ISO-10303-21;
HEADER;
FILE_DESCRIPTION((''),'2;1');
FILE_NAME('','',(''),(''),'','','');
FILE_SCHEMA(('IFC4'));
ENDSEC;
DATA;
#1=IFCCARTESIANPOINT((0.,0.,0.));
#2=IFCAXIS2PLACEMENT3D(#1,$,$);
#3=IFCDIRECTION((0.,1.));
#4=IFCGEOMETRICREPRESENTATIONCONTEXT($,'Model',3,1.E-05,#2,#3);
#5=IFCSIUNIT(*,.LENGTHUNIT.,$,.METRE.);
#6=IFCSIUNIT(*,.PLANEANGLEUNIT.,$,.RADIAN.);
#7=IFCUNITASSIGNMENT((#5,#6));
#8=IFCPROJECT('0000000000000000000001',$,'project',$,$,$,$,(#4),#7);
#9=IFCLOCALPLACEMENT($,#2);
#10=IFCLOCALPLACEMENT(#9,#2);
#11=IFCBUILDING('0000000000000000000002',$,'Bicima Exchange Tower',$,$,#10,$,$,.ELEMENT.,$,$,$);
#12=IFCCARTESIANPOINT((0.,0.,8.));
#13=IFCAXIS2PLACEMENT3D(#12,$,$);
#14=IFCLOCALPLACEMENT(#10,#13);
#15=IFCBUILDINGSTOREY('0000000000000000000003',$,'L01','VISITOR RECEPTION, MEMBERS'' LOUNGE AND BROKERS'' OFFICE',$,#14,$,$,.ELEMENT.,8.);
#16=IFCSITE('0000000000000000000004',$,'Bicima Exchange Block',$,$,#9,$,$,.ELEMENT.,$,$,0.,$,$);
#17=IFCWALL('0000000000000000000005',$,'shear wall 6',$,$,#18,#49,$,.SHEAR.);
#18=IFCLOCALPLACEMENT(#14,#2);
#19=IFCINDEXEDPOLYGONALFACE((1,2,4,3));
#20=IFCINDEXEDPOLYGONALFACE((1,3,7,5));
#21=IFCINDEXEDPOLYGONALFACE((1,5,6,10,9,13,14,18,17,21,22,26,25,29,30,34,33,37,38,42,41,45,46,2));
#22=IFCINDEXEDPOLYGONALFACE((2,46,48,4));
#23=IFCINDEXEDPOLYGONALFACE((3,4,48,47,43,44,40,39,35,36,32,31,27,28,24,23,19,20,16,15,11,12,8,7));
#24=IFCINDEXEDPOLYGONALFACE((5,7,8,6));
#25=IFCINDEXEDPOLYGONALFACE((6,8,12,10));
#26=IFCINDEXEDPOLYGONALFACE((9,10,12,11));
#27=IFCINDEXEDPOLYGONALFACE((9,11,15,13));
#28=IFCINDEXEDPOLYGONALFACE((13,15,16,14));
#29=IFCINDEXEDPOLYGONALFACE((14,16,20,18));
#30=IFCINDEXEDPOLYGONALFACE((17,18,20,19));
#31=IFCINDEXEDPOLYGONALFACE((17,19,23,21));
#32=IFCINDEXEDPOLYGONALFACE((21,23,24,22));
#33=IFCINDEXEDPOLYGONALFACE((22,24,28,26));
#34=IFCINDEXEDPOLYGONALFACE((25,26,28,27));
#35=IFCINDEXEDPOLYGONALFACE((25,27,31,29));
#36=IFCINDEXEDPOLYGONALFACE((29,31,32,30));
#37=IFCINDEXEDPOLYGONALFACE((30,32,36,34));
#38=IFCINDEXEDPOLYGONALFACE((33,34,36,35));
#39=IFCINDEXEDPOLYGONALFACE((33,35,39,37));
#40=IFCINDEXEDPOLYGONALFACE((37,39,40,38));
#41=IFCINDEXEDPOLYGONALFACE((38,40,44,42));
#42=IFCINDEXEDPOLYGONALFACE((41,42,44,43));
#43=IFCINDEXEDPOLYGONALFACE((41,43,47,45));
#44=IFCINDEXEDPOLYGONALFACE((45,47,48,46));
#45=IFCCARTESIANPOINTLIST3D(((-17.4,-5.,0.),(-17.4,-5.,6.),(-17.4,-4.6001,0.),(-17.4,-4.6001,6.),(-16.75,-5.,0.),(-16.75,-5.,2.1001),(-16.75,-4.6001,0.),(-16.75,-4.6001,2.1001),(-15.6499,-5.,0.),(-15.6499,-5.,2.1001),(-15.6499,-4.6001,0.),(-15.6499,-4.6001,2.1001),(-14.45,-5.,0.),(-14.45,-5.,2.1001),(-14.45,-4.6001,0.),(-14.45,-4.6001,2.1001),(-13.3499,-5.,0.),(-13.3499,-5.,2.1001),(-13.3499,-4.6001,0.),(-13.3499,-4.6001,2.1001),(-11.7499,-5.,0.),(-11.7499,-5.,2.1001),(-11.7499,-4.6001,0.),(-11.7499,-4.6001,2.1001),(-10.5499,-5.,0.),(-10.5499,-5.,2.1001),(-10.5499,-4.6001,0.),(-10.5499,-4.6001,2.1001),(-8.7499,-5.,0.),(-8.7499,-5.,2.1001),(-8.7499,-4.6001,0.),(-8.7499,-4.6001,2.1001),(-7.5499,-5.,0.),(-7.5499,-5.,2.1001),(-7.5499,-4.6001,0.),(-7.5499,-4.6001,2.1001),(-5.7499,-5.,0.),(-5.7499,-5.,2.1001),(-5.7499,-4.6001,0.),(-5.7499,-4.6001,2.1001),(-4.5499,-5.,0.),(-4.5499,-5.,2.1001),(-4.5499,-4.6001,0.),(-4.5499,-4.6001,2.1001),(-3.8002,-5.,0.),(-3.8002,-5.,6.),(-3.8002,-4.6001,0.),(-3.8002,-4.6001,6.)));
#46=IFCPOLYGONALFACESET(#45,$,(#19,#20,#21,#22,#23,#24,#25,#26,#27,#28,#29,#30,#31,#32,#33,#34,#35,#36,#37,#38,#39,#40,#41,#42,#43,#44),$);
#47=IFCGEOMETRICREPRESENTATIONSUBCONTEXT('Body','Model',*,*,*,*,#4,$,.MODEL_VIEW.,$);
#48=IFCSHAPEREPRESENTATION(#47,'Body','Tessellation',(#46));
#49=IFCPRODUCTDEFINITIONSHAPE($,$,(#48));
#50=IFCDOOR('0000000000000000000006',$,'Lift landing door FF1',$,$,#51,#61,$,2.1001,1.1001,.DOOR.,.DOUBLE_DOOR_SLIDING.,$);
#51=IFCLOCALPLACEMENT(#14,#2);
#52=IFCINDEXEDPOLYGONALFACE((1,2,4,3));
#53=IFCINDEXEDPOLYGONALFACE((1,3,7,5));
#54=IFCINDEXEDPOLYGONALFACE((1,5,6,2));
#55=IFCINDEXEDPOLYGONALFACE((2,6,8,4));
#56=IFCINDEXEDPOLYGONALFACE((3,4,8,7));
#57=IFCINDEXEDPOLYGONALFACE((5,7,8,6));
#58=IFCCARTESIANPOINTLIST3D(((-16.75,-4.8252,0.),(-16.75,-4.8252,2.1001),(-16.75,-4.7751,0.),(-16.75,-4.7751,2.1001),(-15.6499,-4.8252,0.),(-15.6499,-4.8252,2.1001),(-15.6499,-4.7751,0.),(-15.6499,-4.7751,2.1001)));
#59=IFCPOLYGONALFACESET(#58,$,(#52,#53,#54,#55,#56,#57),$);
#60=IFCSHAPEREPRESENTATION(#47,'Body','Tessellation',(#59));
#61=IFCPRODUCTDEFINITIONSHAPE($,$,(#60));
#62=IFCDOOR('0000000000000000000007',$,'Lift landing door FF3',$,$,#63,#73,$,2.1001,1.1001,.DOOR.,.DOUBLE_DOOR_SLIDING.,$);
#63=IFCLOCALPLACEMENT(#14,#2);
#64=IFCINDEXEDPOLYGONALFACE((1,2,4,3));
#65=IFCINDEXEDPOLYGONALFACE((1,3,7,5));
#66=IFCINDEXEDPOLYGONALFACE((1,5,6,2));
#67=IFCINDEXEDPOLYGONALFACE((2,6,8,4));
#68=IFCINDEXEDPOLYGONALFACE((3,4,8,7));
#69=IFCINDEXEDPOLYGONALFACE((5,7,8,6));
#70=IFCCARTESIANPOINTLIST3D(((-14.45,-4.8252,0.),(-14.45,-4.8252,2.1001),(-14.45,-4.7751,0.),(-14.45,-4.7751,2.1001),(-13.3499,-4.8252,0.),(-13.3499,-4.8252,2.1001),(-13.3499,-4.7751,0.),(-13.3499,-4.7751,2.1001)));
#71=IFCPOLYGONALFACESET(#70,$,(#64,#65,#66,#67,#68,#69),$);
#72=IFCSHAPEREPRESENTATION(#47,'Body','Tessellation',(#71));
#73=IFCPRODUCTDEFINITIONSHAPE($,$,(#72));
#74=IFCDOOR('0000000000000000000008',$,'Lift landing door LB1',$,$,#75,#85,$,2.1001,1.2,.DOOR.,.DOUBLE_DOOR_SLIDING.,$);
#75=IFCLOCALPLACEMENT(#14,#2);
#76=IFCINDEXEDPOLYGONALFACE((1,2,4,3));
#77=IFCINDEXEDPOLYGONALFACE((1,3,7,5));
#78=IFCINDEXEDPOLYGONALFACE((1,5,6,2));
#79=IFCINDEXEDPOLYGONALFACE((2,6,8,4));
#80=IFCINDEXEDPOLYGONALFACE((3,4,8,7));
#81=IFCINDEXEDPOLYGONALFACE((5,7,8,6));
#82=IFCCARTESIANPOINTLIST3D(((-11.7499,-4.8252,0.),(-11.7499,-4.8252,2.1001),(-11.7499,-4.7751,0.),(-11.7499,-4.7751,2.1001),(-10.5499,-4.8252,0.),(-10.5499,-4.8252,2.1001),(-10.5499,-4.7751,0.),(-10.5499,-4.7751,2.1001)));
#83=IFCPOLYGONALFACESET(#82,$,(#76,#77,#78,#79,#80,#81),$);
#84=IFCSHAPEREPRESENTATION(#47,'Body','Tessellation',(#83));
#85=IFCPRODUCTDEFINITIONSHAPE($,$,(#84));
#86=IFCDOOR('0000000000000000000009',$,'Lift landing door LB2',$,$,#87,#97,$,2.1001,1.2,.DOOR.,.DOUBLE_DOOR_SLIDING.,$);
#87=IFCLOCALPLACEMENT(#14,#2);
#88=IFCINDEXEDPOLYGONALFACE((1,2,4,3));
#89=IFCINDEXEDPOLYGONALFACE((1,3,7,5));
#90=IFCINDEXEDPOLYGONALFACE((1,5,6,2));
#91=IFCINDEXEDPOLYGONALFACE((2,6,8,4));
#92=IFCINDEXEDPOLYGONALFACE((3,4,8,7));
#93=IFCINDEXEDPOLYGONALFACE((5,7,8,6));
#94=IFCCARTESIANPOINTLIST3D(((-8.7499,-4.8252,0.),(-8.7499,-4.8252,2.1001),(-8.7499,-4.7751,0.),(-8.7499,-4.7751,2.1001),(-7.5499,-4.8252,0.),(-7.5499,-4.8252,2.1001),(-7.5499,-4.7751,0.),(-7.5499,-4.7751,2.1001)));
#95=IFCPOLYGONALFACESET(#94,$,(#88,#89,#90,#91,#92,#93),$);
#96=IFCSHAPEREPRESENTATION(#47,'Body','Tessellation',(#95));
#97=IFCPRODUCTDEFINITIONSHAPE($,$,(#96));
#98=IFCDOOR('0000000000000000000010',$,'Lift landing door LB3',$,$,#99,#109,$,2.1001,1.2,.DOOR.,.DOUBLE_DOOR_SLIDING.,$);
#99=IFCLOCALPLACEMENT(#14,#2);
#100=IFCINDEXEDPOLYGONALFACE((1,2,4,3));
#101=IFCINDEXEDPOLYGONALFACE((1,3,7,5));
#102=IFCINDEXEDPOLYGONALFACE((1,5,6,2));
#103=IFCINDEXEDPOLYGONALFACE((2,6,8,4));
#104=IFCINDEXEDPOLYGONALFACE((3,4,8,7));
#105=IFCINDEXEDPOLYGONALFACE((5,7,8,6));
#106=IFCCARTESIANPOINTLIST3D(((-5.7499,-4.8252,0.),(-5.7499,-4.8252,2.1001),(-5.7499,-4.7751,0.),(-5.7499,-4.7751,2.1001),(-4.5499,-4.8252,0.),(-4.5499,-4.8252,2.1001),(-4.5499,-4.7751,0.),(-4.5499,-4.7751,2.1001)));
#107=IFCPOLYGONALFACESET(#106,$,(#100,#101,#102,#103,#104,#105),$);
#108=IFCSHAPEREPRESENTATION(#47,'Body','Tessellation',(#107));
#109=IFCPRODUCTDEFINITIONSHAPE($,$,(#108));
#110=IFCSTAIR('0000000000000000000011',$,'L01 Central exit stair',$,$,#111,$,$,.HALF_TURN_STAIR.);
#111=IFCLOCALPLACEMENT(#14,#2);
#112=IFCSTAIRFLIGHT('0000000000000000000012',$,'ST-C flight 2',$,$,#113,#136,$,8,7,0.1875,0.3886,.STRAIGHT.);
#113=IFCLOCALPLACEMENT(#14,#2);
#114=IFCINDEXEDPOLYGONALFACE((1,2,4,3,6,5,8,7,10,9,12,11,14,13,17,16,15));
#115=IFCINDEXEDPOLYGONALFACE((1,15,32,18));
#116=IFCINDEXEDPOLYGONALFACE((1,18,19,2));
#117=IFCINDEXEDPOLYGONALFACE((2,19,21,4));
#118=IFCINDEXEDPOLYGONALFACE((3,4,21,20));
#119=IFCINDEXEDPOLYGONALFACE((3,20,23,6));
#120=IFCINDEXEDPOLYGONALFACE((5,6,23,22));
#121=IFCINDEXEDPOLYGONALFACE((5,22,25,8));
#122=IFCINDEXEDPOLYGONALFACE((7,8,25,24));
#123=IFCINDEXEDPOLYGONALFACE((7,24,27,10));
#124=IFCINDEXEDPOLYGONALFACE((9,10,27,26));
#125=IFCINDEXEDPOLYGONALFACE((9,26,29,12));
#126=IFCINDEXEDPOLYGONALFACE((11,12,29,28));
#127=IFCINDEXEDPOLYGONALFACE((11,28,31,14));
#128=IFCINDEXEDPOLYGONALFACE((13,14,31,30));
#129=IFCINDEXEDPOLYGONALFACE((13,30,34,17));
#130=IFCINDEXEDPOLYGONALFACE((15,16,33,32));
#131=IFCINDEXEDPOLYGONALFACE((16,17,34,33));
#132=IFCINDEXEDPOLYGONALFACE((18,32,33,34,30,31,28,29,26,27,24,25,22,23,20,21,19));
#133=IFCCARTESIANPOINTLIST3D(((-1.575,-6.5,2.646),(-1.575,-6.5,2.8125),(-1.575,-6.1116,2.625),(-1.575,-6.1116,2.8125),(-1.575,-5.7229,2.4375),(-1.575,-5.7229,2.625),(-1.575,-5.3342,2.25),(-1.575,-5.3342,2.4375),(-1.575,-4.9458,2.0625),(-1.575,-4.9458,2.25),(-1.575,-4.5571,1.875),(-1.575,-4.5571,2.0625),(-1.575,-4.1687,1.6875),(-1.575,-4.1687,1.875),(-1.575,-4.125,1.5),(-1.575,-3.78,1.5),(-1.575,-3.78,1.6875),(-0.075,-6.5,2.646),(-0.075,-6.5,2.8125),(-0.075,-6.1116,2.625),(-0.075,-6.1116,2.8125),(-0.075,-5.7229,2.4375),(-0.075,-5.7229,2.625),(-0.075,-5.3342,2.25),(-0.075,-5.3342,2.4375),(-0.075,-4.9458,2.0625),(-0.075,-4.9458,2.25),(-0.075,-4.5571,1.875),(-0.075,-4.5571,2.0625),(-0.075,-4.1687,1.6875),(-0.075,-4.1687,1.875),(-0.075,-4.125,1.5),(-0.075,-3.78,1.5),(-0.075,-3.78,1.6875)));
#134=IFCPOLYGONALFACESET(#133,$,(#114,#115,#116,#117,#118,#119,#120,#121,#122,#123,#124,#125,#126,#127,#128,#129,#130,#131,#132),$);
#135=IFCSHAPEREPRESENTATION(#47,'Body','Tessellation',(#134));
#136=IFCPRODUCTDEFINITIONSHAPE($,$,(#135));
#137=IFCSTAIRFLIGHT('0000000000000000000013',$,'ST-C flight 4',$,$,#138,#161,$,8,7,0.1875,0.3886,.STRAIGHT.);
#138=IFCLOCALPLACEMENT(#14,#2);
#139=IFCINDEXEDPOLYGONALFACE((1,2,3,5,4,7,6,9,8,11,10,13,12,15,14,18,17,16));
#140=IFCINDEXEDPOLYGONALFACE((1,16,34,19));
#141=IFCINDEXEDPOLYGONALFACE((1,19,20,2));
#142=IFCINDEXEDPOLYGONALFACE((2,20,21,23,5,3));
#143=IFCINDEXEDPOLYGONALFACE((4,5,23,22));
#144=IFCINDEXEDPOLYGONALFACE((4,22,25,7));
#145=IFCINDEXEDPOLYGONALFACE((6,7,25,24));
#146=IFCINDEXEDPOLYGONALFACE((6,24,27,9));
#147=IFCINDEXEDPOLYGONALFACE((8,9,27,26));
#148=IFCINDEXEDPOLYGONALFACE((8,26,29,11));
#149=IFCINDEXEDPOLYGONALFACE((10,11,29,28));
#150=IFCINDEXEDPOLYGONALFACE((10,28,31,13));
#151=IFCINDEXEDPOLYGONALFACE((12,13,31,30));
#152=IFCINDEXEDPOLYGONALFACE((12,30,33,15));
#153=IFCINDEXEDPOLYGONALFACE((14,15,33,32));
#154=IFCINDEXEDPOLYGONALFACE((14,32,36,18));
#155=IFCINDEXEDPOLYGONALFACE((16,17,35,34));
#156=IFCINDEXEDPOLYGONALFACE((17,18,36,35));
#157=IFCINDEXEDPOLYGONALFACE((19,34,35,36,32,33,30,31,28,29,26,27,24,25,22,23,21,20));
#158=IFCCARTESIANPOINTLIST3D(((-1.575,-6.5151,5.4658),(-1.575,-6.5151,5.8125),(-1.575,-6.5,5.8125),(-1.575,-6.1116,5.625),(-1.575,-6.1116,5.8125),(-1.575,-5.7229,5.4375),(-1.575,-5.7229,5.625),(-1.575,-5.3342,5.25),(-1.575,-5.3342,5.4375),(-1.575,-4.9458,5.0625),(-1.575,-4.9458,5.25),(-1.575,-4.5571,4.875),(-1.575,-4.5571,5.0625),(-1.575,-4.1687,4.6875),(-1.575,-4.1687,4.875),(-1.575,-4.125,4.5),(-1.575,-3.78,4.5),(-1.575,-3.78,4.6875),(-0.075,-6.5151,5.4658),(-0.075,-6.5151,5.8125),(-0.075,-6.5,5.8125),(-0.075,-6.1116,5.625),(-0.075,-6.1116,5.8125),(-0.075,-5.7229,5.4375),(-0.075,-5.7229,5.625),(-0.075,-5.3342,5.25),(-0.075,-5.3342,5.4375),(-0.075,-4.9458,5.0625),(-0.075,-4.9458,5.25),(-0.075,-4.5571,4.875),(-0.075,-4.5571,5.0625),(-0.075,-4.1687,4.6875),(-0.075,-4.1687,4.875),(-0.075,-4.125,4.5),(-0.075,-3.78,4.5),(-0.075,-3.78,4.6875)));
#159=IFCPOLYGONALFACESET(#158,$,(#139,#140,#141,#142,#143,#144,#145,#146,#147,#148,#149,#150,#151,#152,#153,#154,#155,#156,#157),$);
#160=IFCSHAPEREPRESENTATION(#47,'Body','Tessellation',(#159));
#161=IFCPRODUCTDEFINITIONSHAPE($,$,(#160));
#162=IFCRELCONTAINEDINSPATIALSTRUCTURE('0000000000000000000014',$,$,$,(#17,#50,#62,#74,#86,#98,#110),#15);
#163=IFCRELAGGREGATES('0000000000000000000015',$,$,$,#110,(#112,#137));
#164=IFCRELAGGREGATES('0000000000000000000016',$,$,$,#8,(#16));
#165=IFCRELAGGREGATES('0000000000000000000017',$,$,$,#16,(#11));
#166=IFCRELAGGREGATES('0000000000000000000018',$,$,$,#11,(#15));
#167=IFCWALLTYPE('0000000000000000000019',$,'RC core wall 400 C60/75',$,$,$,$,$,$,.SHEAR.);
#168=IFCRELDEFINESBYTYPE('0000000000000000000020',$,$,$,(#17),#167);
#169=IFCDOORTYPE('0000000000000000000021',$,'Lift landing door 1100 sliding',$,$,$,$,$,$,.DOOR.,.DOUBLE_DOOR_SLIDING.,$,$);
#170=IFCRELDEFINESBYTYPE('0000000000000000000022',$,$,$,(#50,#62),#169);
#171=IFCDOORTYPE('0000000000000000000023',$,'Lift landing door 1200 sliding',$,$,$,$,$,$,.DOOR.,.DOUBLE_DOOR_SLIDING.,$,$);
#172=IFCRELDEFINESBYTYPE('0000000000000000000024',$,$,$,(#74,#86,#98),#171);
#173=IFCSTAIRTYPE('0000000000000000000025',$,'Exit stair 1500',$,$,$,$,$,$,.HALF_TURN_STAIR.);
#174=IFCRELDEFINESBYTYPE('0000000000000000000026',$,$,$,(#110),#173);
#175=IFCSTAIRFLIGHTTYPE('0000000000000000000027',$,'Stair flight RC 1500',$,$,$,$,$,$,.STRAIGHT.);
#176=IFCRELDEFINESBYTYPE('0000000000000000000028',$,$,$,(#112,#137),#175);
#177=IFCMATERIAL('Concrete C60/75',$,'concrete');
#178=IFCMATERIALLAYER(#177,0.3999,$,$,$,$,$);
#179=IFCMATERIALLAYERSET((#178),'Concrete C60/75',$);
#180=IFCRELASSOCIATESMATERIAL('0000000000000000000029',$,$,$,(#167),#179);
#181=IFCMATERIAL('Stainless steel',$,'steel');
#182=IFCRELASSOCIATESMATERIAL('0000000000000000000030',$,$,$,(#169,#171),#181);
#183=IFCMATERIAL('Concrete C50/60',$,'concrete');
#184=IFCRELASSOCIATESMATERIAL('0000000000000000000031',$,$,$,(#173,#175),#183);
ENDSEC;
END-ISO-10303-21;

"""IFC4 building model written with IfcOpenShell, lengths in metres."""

from ifc_helpers import new_model, si_unit, direction, frame, frame_2d, origin, place, context, subcontext, project, spatial, polyline, rectangle, outline, extrude, material, layer, layer_set, type_object, element, fill, aggregate, save


model = new_model("IFC4")

# Units and contexts
model_context = context("Model", 3, precision=1e-05, world=origin(), true_north=direction((0.0, 1.0)))
body_context = subcontext(model_context, "Body", "Model", "MODEL_VIEW")
ifc_project = project(units=[si_unit("LENGTHUNIT", "METRE"), si_unit("PLANEANGLEUNIT", "RADIAN")], contexts=[model_context])

# Site, building, storey
site_placement = place(None, origin())
site = spatial("IfcSite", under=ifc_project, at=site_placement, Name="Bicima Exchange Block", CompositionType="ELEMENT", RefElevation=0.0)
building_placement = place(site_placement, origin())
building = spatial("IfcBuilding", under=site, at=building_placement, Name="Bicima Exchange Tower", CompositionType="ELEMENT")
storey_placement = place(building_placement, frame((0.0, 0.0, 8.0)))
storey = spatial("IfcBuildingStorey", under=building, at=storey_placement, Name="L01", Description="VISITOR RECEPTION, MEMBERS' LOUNGE AND BROKERS' OFFICE", CompositionType="ELEMENT", Elevation=8.0)

# Shared definitions
ifc_material_1 = material(Name="Concrete C50/60", Category="concrete")

# Wall, openings, doors
ifc_material_2 = material(Name="Concrete C60/75", Category="concrete")
ifc_layer_1 = layer(ifc_material_2, 0.3999)
ifc_layer_set_1 = layer_set([ifc_layer_1], Name="Concrete C60/75")
wall_type_1 = type_object("IfcWallType", Name="RC core wall 400 C60/75", PredefinedType="SHEAR", material=ifc_layer_set_1)
wall_1_placement = place(storey_placement, frame((-17.3999, -4.8, 0.0), z_axis=(0.0, 0.0, 1.0), x_axis=(1.0, 0.0, 0.0)))
wall_1 = element("IfcWall", 1, at=wall_1_placement, inside=storey, type_object=wall_type_1, Name="shear wall 6", PredefinedType="SHEAR", context=body_context, shape_type="SweptSolid", body=[
    extrude(rectangle(XDim=13.5999, YDim=0.3999, at=frame_2d((6.7998, 0.0))), origin(), (0.0, 0.0, 1.0), 6.0),
])
opening_1_placement = place(wall_1_placement, frame((0.6499, 0.0, 0.0)))
opening_1 = element("IfcOpeningElement", 2, at=opening_1_placement, cuts=wall_1, PredefinedType="OPENING", context=body_context, shape_type="SweptSolid", body=[
    extrude(rectangle(XDim=1.1001, YDim=2.1001, at=frame_2d((0.55, 1.05))), frame((0.0, 0.2119, 0.0), z_axis=(0.0, -1.0, 0.0), x_axis=(1.0, 0.0, 0.0)), (0.0, 0.0, 1.0), 0.4238),
])
opening_2_placement = place(wall_1_placement, frame((2.95, 0.0, 0.0)))
opening_2 = element("IfcOpeningElement", 3, at=opening_2_placement, cuts=wall_1, PredefinedType="OPENING", context=body_context, shape_type="SweptSolid", body=[
    extrude(rectangle(XDim=1.1001, YDim=2.1001, at=frame_2d((0.55, 1.05))), frame((0.0, 0.2119, 0.0), z_axis=(0.0, -1.0, 0.0), x_axis=(1.0, 0.0, 0.0)), (0.0, 0.0, 1.0), 0.4238),
])
opening_3_placement = place(wall_1_placement, frame((5.6499, 0.0, 0.0)))
opening_3 = element("IfcOpeningElement", 4, at=opening_3_placement, cuts=wall_1, PredefinedType="OPENING", context=body_context, shape_type="SweptSolid", body=[
    extrude(rectangle(XDim=1.2, YDim=2.1001, at=frame_2d((0.6001, 1.05))), frame((0.0, 0.2119, 0.0), z_axis=(0.0, -1.0, 0.0), x_axis=(1.0, 0.0, 0.0)), (0.0, 0.0, 1.0), 0.4238),
])
opening_4_placement = place(wall_1_placement, frame((8.6499, 0.0, 0.0)))
opening_4 = element("IfcOpeningElement", 5, at=opening_4_placement, cuts=wall_1, PredefinedType="OPENING", context=body_context, shape_type="SweptSolid", body=[
    extrude(rectangle(XDim=1.2, YDim=2.1001, at=frame_2d((0.6001, 1.05))), frame((0.0, 0.2119, 0.0), z_axis=(0.0, -1.0, 0.0), x_axis=(1.0, 0.0, 0.0)), (0.0, 0.0, 1.0), 0.4238),
])
opening_5_placement = place(wall_1_placement, frame((11.6499, 0.0, 0.0)))
opening_5 = element("IfcOpeningElement", 6, at=opening_5_placement, cuts=wall_1, PredefinedType="OPENING", context=body_context, shape_type="SweptSolid", body=[
    extrude(rectangle(XDim=1.2, YDim=2.1001, at=frame_2d((0.6001, 1.05))), frame((0.0, 0.2119, 0.0), z_axis=(0.0, -1.0, 0.0), x_axis=(1.0, 0.0, 0.0)), (0.0, 0.0, 1.0), 0.4238),
])
ifc_material_3 = material(Name="Stainless steel", Category="steel")
door_type_1 = type_object("IfcDoorType", Name="Lift landing door 1100 sliding", OperationType="DOUBLE_DOOR_SLIDING", PredefinedType="DOOR", material=ifc_material_3)
door_1_placement = place(opening_1_placement, origin())
door_1 = element("IfcDoor", 7, at=door_1_placement, inside=storey, type_object=door_type_1, Name="Lift landing door FF1", OperationType="DOUBLE_DOOR_SLIDING", OverallHeight=2.1001, OverallWidth=1.1001, PredefinedType="DOOR", context=body_context, shape_type="SweptSolid", body=[
    extrude(rectangle(XDim=1.1001, YDim=2.1001, at=frame_2d((0.55, 1.05))), frame((0.0, 0.0249, 0.0), z_axis=(0.0, -1.0, 0.0), x_axis=(1.0, 0.0, 0.0)), (0.0, 0.0, 1.0), 0.05),
])
fill(opening_1, door_1)
door_2_placement = place(opening_2_placement, origin())
door_2 = element("IfcDoor", 8, at=door_2_placement, inside=storey, type_object=door_type_1, Name="Lift landing door FF3", OperationType="DOUBLE_DOOR_SLIDING", OverallHeight=2.1001, OverallWidth=1.1001, PredefinedType="DOOR", context=body_context, shape_type="SweptSolid", body=[
    extrude(rectangle(XDim=1.1001, YDim=2.1001, at=frame_2d((0.55, 1.05))), frame((0.0, 0.0249, 0.0), z_axis=(0.0, -1.0, 0.0), x_axis=(1.0, 0.0, 0.0)), (0.0, 0.0, 1.0), 0.05),
])
fill(opening_2, door_2)
door_type_2 = type_object("IfcDoorType", Name="Lift landing door 1200 sliding", OperationType="DOUBLE_DOOR_SLIDING", PredefinedType="DOOR", material=ifc_material_3)
door_3_placement = place(opening_3_placement, origin())
door_3 = element("IfcDoor", 9, at=door_3_placement, inside=storey, type_object=door_type_2, Name="Lift landing door LB1", OperationType="DOUBLE_DOOR_SLIDING", OverallHeight=2.1001, OverallWidth=1.2, PredefinedType="DOOR", context=body_context, shape_type="SweptSolid", body=[
    extrude(rectangle(XDim=1.2, YDim=2.1001, at=frame_2d((0.6001, 1.05))), frame((0.0, 0.0249, 0.0), z_axis=(0.0, -1.0, 0.0), x_axis=(1.0, 0.0, 0.0)), (0.0, 0.0, 1.0), 0.05),
])
fill(opening_3, door_3)
door_4_placement = place(opening_4_placement, origin())
door_4 = element("IfcDoor", 10, at=door_4_placement, inside=storey, type_object=door_type_2, Name="Lift landing door LB2", OperationType="DOUBLE_DOOR_SLIDING", OverallHeight=2.1001, OverallWidth=1.2, PredefinedType="DOOR", context=body_context, shape_type="SweptSolid", body=[
    extrude(rectangle(XDim=1.2, YDim=2.1001, at=frame_2d((0.6001, 1.05))), frame((0.0, 0.0249, 0.0), z_axis=(0.0, -1.0, 0.0), x_axis=(1.0, 0.0, 0.0)), (0.0, 0.0, 1.0), 0.05),
])
fill(opening_4, door_4)
door_5_placement = place(opening_5_placement, origin())
door_5 = element("IfcDoor", 11, at=door_5_placement, inside=storey, type_object=door_type_2, Name="Lift landing door LB3", OperationType="DOUBLE_DOOR_SLIDING", OverallHeight=2.1001, OverallWidth=1.2, PredefinedType="DOOR", context=body_context, shape_type="SweptSolid", body=[
    extrude(rectangle(XDim=1.2, YDim=2.1001, at=frame_2d((0.6001, 1.05))), frame((0.0, 0.0249, 0.0), z_axis=(0.0, -1.0, 0.0), x_axis=(1.0, 0.0, 0.0)), (0.0, 0.0, 1.0), 0.05),
])
fill(opening_5, door_5)

# Stair, stair flights
stair_type = type_object("IfcStairType", Name="Exit stair 1500", PredefinedType="HALF_TURN_STAIR", material=ifc_material_1)
stair_placement = place(storey_placement, origin())
stair = element("IfcStair", 12, at=stair_placement, inside=storey, type_object=stair_type, Name="L01 Central exit stair", PredefinedType="HALF_TURN_STAIR")
stair_flight_type = type_object("IfcStairFlightType", Name="Stair flight RC 1500", PredefinedType="STRAIGHT", material=ifc_material_1)
stair_flight_1_placement = place(storey_placement, frame((-0.825, -3.78, 1.5), z_axis=(0.0, 0.0, 1.0), x_axis=(0.0, -1.0, 0.0)))
stair_flight_1 = element("IfcStairFlight", 13, at=stair_flight_1_placement, type_object=stair_flight_type, Name="ST-C flight 2", NumberOfRisers=8, NumberOfTreads=7, PredefinedType="STRAIGHT", RiserHeight=0.1875, TreadLength=0.3886, context=body_context, shape_type="SweptSolid", body=[
    extrude(outline(polyline([(0.0, 0.0), (0.0, 0.1875), (0.3887, 0.1875), (0.3887, 0.375), (0.7771, 0.375), (0.7771, 0.5625), (1.1658, 0.5625), (1.1658, 0.75), (1.5542, 0.75), (1.5542, 0.9375), (1.9429, 0.9375), (1.9429, 1.125), (2.3315, 1.125), (2.3315, 1.3125), (2.72, 1.3125), (2.72, 1.5), (2.72, 1.146), (0.345, 0.0), (0.0, 0.0)])), frame((0.0, 0.75, 0.0), z_axis=(0.0, -1.0, 0.0), x_axis=(1.0, 0.0, 0.0)), (0.0, 0.0, 1.0), 1.5),
])
stair_flight_2_placement = place(storey_placement, frame((-0.825, -3.78, 4.5), z_axis=(0.0, 0.0, 1.0), x_axis=(0.0, -1.0, 0.0)))
stair_flight_2 = element("IfcStairFlight", 14, at=stair_flight_2_placement, type_object=stair_flight_type, Name="ST-C flight 4", NumberOfRisers=8, NumberOfTreads=7, PredefinedType="STRAIGHT", RiserHeight=0.1875, TreadLength=0.3886, context=body_context, shape_type="SweptSolid", body=[
    extrude(outline(polyline([(0.0, 0.0), (0.0, 0.1875), (0.3887, 0.1875), (0.3887, 0.375), (0.7771, 0.375), (0.7771, 0.5625), (1.1658, 0.5625), (1.1658, 0.75), (1.5542, 0.75), (1.5542, 0.9375), (1.9429, 0.9375), (1.9429, 1.125), (2.3315, 1.125), (2.3315, 1.3125), (2.72, 1.3125), (2.7351, 1.3125), (2.7351, 0.9658), (0.345, 0.0), (0.0, 0.0)])), frame((0.0, 0.75, 0.0), z_axis=(0.0, -1.0, 0.0), x_axis=(1.0, 0.0, 0.0)), (0.0, 0.0, 1.0), 1.5),
])
aggregate(stair, [stair_flight_1, stair_flight_2])

save(model, "model.ifc")
